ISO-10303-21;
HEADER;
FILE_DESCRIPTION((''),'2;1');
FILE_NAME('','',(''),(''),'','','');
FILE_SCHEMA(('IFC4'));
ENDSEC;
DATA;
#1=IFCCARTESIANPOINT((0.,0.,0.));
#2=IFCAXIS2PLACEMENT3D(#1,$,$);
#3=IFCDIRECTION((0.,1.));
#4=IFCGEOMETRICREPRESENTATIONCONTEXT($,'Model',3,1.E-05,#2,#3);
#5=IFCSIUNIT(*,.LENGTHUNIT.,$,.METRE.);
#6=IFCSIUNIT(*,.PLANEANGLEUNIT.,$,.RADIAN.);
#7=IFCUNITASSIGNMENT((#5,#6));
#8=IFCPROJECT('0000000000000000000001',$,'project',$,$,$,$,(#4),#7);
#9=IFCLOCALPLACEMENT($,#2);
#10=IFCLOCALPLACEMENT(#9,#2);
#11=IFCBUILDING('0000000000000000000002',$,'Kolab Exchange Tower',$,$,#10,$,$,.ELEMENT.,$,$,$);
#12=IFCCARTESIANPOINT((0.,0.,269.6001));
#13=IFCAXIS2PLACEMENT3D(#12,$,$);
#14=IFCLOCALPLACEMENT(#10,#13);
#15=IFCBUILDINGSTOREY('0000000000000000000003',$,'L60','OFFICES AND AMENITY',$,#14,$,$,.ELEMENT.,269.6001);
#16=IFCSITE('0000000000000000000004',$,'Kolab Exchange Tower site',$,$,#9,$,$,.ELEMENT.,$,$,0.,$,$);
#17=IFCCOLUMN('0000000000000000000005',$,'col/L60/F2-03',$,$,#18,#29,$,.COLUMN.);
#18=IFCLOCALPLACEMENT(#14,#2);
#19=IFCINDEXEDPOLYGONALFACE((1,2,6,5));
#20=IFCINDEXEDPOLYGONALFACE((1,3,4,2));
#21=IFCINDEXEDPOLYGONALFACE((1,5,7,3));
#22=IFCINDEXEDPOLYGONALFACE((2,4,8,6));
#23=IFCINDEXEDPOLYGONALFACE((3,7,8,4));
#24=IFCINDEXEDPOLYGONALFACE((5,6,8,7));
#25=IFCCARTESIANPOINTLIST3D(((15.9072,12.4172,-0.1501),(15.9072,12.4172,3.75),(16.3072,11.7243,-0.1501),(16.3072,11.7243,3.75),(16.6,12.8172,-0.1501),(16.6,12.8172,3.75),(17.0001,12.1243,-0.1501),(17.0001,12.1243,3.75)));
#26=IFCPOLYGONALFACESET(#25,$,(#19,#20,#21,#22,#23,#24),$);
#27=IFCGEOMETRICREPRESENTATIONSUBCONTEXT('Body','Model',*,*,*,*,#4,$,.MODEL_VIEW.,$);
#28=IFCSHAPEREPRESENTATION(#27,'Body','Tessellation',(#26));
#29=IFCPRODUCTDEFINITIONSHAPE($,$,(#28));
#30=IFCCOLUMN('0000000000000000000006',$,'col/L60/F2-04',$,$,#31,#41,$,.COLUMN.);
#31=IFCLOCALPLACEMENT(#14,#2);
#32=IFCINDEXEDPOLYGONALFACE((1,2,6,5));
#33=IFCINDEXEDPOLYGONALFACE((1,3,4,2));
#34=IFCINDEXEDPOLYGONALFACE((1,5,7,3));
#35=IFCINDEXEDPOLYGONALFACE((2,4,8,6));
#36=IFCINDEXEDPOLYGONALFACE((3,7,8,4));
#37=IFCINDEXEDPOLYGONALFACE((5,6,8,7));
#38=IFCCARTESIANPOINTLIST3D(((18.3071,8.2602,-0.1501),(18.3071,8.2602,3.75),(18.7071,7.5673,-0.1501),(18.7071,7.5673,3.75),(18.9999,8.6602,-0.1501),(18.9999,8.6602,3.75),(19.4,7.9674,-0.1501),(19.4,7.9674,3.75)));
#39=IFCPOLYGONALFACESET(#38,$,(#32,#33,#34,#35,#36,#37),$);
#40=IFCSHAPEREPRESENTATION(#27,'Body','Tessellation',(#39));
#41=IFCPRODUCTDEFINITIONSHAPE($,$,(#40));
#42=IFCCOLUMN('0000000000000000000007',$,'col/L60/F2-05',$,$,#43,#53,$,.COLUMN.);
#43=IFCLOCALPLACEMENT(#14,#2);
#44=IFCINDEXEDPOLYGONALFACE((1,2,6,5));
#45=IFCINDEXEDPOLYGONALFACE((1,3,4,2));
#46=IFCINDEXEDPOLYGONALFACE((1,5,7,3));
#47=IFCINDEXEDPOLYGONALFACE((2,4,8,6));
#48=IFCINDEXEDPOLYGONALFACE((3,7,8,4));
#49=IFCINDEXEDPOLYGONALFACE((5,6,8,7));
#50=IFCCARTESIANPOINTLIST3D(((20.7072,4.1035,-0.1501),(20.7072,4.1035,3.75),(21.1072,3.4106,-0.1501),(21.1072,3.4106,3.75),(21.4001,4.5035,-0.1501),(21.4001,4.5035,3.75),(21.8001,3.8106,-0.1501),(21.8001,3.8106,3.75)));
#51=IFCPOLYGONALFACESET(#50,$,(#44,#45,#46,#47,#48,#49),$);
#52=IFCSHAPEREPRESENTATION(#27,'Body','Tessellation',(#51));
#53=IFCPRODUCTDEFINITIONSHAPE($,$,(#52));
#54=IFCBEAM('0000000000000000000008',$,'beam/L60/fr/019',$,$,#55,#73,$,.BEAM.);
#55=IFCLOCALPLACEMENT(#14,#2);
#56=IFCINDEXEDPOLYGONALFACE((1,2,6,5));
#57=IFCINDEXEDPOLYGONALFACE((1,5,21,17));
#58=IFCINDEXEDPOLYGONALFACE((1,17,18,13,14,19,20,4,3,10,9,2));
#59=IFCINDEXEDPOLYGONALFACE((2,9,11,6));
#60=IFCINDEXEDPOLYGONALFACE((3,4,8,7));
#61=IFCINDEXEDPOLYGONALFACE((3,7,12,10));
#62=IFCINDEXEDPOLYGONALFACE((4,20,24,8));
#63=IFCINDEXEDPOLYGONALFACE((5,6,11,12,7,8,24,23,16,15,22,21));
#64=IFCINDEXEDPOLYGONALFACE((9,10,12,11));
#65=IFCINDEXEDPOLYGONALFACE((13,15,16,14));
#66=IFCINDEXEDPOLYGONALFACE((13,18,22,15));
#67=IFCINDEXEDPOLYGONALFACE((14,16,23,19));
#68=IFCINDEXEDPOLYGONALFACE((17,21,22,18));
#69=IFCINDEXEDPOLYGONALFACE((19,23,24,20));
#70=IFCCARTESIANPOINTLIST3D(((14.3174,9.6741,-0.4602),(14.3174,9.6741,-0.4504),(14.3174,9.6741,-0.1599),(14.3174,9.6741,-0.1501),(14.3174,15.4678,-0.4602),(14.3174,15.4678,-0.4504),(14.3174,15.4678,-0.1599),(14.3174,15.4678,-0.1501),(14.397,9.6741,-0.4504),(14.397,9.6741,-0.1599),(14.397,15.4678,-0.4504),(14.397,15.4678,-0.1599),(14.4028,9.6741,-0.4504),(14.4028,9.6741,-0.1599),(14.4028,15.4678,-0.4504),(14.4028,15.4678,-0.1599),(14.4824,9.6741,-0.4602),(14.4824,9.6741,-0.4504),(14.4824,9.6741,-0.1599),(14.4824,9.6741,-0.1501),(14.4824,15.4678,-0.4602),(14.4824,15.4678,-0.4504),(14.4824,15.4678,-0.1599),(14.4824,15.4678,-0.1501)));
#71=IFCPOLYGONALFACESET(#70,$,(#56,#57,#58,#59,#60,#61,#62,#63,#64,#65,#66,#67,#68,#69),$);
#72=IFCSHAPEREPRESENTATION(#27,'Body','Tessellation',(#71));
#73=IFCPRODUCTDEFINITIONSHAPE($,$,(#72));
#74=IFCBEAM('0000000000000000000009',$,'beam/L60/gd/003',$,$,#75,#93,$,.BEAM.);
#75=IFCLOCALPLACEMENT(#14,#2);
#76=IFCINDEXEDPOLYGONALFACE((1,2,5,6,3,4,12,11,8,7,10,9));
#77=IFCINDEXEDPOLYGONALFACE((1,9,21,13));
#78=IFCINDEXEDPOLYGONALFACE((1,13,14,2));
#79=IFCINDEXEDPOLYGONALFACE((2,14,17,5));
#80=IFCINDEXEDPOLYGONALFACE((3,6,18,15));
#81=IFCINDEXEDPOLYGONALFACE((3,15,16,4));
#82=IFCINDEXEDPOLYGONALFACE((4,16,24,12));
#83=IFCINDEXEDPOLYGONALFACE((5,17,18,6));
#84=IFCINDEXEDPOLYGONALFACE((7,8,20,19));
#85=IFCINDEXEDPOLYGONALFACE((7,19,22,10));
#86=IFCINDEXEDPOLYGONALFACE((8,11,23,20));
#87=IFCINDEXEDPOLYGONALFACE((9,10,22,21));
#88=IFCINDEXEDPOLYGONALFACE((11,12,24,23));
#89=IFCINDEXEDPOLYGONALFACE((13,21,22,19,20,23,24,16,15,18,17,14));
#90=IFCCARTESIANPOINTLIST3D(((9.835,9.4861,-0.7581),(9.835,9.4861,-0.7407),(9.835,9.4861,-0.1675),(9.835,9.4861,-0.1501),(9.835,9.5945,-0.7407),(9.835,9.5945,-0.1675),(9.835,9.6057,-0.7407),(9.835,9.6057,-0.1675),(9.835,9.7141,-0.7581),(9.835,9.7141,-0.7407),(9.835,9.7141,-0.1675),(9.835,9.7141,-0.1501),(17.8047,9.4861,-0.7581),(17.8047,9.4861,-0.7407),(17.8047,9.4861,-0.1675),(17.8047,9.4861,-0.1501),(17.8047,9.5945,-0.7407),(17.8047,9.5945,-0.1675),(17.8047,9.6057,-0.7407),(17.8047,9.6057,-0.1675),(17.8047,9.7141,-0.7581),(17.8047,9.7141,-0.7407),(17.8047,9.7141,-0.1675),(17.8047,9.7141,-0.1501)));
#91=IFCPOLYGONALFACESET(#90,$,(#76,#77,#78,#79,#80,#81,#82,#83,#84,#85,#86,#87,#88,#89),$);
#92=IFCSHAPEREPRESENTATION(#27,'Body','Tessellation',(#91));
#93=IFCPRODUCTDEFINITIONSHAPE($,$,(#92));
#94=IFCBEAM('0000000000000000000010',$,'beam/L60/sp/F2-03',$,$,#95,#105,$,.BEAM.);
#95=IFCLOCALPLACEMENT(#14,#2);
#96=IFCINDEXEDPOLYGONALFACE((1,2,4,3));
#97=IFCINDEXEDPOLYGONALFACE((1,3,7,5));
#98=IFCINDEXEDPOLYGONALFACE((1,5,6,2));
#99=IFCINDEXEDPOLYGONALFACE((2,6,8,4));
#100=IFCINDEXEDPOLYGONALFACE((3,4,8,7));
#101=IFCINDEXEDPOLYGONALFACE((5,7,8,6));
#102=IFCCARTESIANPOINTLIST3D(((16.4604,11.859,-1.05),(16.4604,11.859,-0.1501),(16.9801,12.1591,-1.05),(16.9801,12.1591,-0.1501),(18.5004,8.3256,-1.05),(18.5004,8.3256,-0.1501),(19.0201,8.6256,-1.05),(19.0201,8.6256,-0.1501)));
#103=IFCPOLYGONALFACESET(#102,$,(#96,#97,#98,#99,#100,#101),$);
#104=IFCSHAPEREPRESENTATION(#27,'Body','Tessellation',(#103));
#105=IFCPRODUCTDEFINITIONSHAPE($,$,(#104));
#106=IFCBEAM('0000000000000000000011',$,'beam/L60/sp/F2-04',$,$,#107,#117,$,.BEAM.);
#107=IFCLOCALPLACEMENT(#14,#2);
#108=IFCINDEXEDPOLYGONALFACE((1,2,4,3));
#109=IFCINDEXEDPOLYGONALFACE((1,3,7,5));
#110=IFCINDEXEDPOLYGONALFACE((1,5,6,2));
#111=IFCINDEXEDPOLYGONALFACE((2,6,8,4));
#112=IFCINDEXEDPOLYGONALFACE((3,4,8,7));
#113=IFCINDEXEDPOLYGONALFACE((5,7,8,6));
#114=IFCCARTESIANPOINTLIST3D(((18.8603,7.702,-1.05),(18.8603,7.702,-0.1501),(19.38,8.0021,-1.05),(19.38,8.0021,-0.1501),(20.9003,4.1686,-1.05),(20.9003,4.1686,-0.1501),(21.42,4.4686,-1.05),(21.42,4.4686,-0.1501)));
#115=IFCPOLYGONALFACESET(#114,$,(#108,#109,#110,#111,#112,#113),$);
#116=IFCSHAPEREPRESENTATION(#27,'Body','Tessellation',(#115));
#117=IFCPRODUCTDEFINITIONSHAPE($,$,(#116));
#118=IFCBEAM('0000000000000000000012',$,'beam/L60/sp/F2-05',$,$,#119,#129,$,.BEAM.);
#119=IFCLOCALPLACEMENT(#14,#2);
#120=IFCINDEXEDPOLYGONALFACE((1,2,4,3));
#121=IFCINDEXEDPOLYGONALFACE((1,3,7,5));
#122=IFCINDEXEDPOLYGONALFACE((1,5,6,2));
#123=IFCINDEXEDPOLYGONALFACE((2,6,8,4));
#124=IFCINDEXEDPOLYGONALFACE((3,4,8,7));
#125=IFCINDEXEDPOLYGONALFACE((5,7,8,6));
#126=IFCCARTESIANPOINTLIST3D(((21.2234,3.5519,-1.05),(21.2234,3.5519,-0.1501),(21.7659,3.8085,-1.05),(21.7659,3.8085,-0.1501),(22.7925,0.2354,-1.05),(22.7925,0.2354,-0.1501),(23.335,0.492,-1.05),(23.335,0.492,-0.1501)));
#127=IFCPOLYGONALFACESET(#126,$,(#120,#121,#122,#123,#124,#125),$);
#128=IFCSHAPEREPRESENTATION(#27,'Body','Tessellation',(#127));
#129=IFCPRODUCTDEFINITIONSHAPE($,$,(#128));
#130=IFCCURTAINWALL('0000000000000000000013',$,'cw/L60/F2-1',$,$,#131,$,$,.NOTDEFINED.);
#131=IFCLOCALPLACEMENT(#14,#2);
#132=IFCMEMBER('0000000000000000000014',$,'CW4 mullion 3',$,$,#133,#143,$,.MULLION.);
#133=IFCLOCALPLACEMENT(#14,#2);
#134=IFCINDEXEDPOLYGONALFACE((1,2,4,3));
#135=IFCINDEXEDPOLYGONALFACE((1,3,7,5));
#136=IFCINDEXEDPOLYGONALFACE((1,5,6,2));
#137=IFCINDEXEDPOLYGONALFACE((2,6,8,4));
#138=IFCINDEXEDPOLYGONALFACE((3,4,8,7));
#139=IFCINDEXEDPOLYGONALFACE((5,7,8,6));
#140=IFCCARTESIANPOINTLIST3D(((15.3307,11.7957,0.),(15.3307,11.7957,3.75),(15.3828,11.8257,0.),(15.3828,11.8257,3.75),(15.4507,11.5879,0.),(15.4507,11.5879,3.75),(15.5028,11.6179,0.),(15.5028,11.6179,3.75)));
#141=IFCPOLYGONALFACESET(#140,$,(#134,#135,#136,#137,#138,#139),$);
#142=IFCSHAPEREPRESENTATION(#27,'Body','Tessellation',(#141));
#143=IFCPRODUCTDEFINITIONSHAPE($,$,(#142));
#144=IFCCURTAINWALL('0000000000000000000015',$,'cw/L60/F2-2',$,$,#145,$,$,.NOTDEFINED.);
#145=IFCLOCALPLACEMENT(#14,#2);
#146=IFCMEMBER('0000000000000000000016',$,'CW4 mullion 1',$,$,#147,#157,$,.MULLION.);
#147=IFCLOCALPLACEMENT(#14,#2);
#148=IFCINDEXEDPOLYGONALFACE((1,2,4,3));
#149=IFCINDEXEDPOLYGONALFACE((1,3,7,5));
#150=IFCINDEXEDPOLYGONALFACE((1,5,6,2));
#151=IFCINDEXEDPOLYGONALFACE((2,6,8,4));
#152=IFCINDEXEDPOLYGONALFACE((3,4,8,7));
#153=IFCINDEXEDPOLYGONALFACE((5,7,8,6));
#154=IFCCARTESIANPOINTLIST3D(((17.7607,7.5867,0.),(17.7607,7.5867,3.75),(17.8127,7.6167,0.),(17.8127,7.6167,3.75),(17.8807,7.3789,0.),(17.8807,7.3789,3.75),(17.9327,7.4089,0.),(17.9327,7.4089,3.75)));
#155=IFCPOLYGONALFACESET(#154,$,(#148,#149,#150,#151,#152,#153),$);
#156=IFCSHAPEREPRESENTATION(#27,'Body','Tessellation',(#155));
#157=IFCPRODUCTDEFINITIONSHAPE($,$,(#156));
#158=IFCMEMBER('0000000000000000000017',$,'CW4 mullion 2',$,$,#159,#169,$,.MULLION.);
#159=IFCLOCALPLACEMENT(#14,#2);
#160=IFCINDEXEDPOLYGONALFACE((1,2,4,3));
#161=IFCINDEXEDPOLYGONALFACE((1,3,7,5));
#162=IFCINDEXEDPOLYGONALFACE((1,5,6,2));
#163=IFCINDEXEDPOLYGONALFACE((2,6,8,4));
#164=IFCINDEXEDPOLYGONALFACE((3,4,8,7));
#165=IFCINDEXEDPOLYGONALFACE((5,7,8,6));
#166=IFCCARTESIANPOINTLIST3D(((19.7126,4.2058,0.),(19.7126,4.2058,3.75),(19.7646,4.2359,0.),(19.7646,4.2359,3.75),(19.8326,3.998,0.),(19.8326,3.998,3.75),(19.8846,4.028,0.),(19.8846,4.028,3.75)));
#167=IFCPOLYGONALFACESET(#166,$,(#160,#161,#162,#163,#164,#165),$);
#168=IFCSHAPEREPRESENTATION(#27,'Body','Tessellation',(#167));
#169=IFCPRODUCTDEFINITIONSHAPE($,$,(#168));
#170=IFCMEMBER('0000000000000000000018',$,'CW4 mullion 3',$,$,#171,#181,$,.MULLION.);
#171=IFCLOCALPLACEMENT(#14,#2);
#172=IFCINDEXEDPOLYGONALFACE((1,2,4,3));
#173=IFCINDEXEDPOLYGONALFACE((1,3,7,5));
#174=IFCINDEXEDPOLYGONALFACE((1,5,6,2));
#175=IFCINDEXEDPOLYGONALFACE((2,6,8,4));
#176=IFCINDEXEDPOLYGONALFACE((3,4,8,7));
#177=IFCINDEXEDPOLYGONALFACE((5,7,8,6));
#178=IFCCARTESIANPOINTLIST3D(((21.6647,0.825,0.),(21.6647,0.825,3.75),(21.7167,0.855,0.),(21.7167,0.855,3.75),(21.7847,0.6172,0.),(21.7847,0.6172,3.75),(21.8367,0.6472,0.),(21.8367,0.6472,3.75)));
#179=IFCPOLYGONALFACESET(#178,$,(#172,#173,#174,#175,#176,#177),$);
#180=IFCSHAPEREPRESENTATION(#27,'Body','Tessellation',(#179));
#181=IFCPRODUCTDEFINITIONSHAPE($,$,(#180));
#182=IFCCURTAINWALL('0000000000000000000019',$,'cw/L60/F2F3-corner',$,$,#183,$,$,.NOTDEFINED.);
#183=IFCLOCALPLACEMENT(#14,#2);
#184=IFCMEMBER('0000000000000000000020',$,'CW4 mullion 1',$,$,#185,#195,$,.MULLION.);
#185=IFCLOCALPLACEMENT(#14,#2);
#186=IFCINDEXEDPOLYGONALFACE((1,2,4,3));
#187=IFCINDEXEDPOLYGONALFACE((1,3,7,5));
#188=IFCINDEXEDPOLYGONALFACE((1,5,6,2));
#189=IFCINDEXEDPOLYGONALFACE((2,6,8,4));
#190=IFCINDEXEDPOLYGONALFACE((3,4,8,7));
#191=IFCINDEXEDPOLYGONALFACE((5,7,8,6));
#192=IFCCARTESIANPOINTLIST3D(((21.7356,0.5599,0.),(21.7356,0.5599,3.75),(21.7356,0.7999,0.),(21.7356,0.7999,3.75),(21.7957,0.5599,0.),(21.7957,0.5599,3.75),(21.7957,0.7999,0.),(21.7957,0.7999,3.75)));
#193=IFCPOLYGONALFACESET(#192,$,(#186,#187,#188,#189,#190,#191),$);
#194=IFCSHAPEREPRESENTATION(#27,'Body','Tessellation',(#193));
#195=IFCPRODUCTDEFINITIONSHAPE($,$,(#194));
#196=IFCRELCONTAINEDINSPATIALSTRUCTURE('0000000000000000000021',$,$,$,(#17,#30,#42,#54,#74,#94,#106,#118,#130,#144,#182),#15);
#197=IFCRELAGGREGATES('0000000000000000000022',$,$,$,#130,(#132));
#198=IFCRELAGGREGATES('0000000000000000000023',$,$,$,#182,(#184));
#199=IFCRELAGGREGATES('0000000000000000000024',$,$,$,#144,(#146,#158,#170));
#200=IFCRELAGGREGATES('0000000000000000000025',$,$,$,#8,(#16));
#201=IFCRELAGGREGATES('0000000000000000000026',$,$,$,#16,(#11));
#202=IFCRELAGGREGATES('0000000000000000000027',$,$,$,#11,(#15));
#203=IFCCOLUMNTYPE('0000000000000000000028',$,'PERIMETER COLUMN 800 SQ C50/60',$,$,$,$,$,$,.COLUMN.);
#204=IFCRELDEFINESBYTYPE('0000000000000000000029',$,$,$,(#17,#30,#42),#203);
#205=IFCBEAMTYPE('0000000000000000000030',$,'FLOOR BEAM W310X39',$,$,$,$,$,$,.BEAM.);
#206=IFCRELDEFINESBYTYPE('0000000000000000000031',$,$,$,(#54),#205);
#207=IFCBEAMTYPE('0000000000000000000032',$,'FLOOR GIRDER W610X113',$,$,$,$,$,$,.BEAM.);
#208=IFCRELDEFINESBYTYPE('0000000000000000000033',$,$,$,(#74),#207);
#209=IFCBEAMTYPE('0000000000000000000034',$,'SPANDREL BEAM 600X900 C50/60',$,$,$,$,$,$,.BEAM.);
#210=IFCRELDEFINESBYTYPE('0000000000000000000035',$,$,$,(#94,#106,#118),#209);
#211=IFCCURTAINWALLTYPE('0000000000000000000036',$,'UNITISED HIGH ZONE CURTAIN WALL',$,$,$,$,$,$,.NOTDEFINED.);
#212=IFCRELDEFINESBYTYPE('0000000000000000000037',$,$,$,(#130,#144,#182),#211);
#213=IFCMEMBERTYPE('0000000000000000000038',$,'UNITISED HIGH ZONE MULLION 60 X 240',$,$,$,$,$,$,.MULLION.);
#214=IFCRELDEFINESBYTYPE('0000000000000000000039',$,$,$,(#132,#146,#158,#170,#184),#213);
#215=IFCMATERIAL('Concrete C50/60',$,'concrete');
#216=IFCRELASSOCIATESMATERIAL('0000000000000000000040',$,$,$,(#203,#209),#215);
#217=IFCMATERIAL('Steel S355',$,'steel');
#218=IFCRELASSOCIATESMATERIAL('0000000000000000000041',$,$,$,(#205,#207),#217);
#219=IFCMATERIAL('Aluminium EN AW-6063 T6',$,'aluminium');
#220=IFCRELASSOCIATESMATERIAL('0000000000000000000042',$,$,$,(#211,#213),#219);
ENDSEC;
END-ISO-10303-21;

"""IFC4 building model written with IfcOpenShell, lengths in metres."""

from ifc_helpers import new_model, si_unit, direction, frame, origin, origin_2d, place, context, subcontext, project, spatial, rectangle, i_section, extrude, material, material_profile, profile_set, type_object, element, aggregate, save


model = new_model("IFC4")

# Units and contexts
model_context = context("Model", 3, precision=1e-05, world=origin(), true_north=direction((0.0, 1.0)))
body_context = subcontext(model_context, "Body", "Model", "MODEL_VIEW")
ifc_project = project(units=[si_unit("LENGTHUNIT", "METRE"), si_unit("PLANEANGLEUNIT", "RADIAN")], contexts=[model_context])

# Site, building, storey
site_placement = place(None, origin())
site = spatial("IfcSite", under=ifc_project, at=site_placement, Name="Kolab Exchange Tower site", CompositionType="ELEMENT", RefElevation=0.0)
building_placement = place(site_placement, origin())
building = spatial("IfcBuilding", under=site, at=building_placement, Name="Kolab Exchange Tower", CompositionType="ELEMENT")
storey_placement = place(building_placement, frame((0.0, 0.0, 269.6001)))
storey = spatial("IfcBuildingStorey", under=building, at=storey_placement, Name="L60", Description="OFFICES AND AMENITY", CompositionType="ELEMENT", Elevation=269.6001)

# Columns
ifc_material_1 = material(Name="Concrete C50/60", Category="concrete")
ifc_material_profile_1 = material_profile(ifc_material_1, rectangle(XDim=0.8, YDim=0.8, at=origin_2d()), Name="RC800")
ifc_profile_set_1 = profile_set([ifc_material_profile_1], Name="Concrete C50/60")
column_type = type_object("IfcColumnType", Name="PERIMETER COLUMN 800 SQ C50/60", PredefinedType="COLUMN", material=ifc_profile_set_1)
for number, where, z_axis, x_axis, name in (
    (1, (16.4536, 12.2708, -0.1501), (0.0, 0.0, 1.0), (0.866025, 0.5, 0.0), "col/L60/F2-03"),
    (2, (18.8535, 8.1138, -0.1501), (0.0, 0.0, 1.0), (0.866025, 0.5, 0.0), "col/L60/F2-04"),
    (3, (21.2537, 3.957, -0.1501), (0.0, 0.0, 1.0), (0.866025, 0.5, 0.0), "col/L60/F2-05"),
):
    element("IfcColumn", number, at=place(storey_placement, frame(where, z_axis=z_axis, x_axis=x_axis)), inside=storey, type_object=column_type, Name=name, PredefinedType="COLUMN", context=body_context, shape_type="SweptSolid", body=[
        extrude(rectangle(XDim=0.8, YDim=0.8, at=origin_2d()), origin(), (0.0, 0.0, 1.0), 3.9001),
    ])

# Beams
ifc_material_2 = material(Name="Steel S355", Category="steel")
ifc_material_profile_2 = material_profile(ifc_material_2, i_section(OverallWidth=0.165, OverallDepth=0.3101, WebThickness=0.0059, FlangeThickness=0.0098, at=origin_2d()), Name="W310X39")
ifc_profile_set_2 = profile_set([ifc_material_profile_2], Name="Steel S355")
beam_type_1 = type_object("IfcBeamType", Name="FLOOR BEAM W310X39", PredefinedType="BEAM", material=ifc_profile_set_2)
beam_1_placement = place(storey_placement, frame((14.3999, 9.6741, -0.3052), z_axis=(0.0, 1.0, 0.0), x_axis=(-1.0, 0.0, 0.0)))
element("IfcBeam", 4, at=beam_1_placement, inside=storey, type_object=beam_type_1, Name="beam/L60/fr/019", PredefinedType="BEAM", context=body_context, shape_type="SweptSolid", body=[
    extrude(i_section(OverallWidth=0.165, OverallDepth=0.3101, WebThickness=0.0059, FlangeThickness=0.0098, at=origin_2d()), origin(), (0.0, 0.0, 1.0), 5.7937),
])
ifc_material_profile_3 = material_profile(ifc_material_2, i_section(OverallWidth=0.228, OverallDepth=0.6079, WebThickness=0.0112, FlangeThickness=0.0173, at=origin_2d()), Name="W610X113")
ifc_profile_set_3 = profile_set([ifc_material_profile_3], Name="Steel S355")
beam_type_2 = type_object("IfcBeamType", Name="FLOOR GIRDER W610X113", PredefinedType="BEAM", material=ifc_profile_set_3)
beam_2_placement = place(storey_placement, frame((9.835, 9.6001, -0.4541), z_axis=(1.0, 0.0, 0.0), x_axis=(0.0, 1.0, 0.0)))
element("IfcBeam", 5, at=beam_2_placement, inside=storey, type_object=beam_type_2, Name="beam/L60/gd/003", PredefinedType="BEAM", context=body_context, shape_type="SweptSolid", body=[
    extrude(i_section(OverallWidth=0.228, OverallDepth=0.6079, WebThickness=0.0112, FlangeThickness=0.0173, at=origin_2d()), origin(), (0.0, 0.0, 1.0), 7.9697),
])
ifc_material_profile_4 = material_profile(ifc_material_1, rectangle(XDim=0.6001, YDim=0.8999, at=origin_2d()), Name="RC600X900")
ifc_profile_set_4 = profile_set([ifc_material_profile_4], Name="Concrete C50/60")
beam_type_3 = type_object("IfcBeamType", Name="SPANDREL BEAM 600X900 C50/60", PredefinedType="BEAM", material=ifc_profile_set_4)
for number, where, z_axis, x_axis, name in (
    (6, (16.7202, 12.009, -0.6001), (0.5, -0.866025, 0.0), (0.866025, 0.5, 0.0), "beam/L60/sp/F2-03"),
    (7, (19.1201, 7.8521, -0.6001), (0.5, -0.866025, 0.0), (0.866025, 0.5, 0.0), "beam/L60/sp/F2-04"),
):
    element("IfcBeam", number, at=place(storey_placement, frame(where, z_axis=z_axis, x_axis=x_axis)), inside=storey, type_object=beam_type_3, Name=name, PredefinedType="BEAM", context=body_context, shape_type="SweptSolid", body=[
        extrude(rectangle(XDim=0.6001, YDim=0.8999, at=origin_2d()), origin(), (0.0, 0.0, 1.0), 4.0801),
    ])
beam_3_placement = place(storey_placement, frame((21.4946, 3.6802, -0.6001), z_axis=(0.427677, -0.903932, 0.0), x_axis=(0.903932, 0.427677, 0.0)))
element("IfcBeam", 8, at=beam_3_placement, inside=storey, type_object=beam_type_3, Name="beam/L60/sp/F2-05", PredefinedType="BEAM", context=body_context, shape_type="SweptSolid", body=[
    extrude(rectangle(XDim=0.6001, YDim=0.8999, at=origin_2d()), origin(), (0.0, 0.0, 1.0), 3.6689),
])

# Curtain wall, member
ifc_material_3 = material(Name="Aluminium EN AW-6063 T6", Category="aluminium")
curtain_wall_type = type_object("IfcCurtainWallType", Name="UNITISED HIGH ZONE CURTAIN WALL", PredefinedType="NOTDEFINED", material=ifc_material_3)
curtain_wall_1_placement = place(storey_placement, origin())
curtain_wall_1 = element("IfcCurtainWall", 9, at=curtain_wall_1_placement, inside=storey, type_object=curtain_wall_type, Name="cw/L60/F2-1", PredefinedType="NOTDEFINED")
ifc_material_profile_5 = material_profile(ifc_material_3, rectangle(XDim=0.0601, YDim=0.24, at=origin_2d()), Name="RECT 60X240")
ifc_profile_set_5 = profile_set([ifc_material_profile_5], Name="Aluminium EN AW-6063 T6")
member_type_1 = type_object("IfcMemberType", Name="UNITISED HIGH ZONE MULLION 60 X 240", PredefinedType="MULLION", material=ifc_profile_set_5)
member_1_placement = place(storey_placement, frame((15.4167, 11.7068, 0.0), z_axis=(0.0, 0.0, 1.0), x_axis=(0.866025, 0.5, 0.0)))
member_1 = element("IfcMember", 10, at=member_1_placement, type_object=member_type_1, Name="CW4 mullion 3", PredefinedType="MULLION", context=body_context, shape_type="SweptSolid", body=[
    extrude(rectangle(XDim=0.0601, YDim=0.24, at=origin_2d()), origin(), (0.0, 0.0, 1.0), 3.75),
])
aggregate(curtain_wall_1, [member_1])

# Curtain wall, members
curtain_wall_2_placement = place(storey_placement, origin())
curtain_wall_2 = element("IfcCurtainWall", 11, at=curtain_wall_2_placement, inside=storey, type_object=curtain_wall_type, Name="cw/L60/F2-2", PredefinedType="NOTDEFINED")
member_2_placement = place(storey_placement, frame((17.8467, 7.4978, 0.0), z_axis=(0.0, 0.0, 1.0), x_axis=(0.866025, 0.5, 0.0)))
member_2 = element("IfcMember", 12, at=member_2_placement, type_object=member_type_1, Name="CW4 mullion 1", PredefinedType="MULLION", context=body_context, shape_type="SweptSolid", body=[
    extrude(rectangle(XDim=0.0601, YDim=0.24, at=origin_2d()), origin(), (0.0, 0.0, 1.0), 3.75),
])
member_3_placement = place(storey_placement, frame((19.7986, 4.1169, 0.0), z_axis=(0.0, 0.0, 1.0), x_axis=(0.866025, 0.5, 0.0)))
member_3 = element("IfcMember", 13, at=member_3_placement, type_object=member_type_1, Name="CW4 mullion 2", PredefinedType="MULLION", context=body_context, shape_type="SweptSolid", body=[
    extrude(rectangle(XDim=0.0601, YDim=0.24, at=origin_2d()), origin(), (0.0, 0.0, 1.0), 3.75),
])
member_4_placement = place(storey_placement, frame((21.7507, 0.7361, 0.0), z_axis=(0.0, 0.0, 1.0), x_axis=(0.866025, 0.5, 0.0)))
member_4 = element("IfcMember", 14, at=member_4_placement, type_object=member_type_1, Name="CW4 mullion 3", PredefinedType="MULLION", context=body_context, shape_type="SweptSolid", body=[
    extrude(rectangle(XDim=0.0601, YDim=0.24, at=origin_2d()), origin(), (0.0, 0.0, 1.0), 3.75),
])

# Curtain wall, member
curtain_wall_3_placement = place(storey_placement, origin())
curtain_wall_3 = element("IfcCurtainWall", 15, at=curtain_wall_3_placement, inside=storey, type_object=curtain_wall_type, Name="cw/L60/F2F3-corner", PredefinedType="NOTDEFINED")
member_5_placement = place(storey_placement, frame((21.7656, 0.6799, 0.0), z_axis=(0.0, 0.0, 1.0), x_axis=(1.0, 0.0, 0.0)))
member_5 = element("IfcMember", 16, at=member_5_placement, type_object=member_type_1, Name="CW4 mullion 1", PredefinedType="MULLION", context=body_context, shape_type="SweptSolid", body=[
    extrude(rectangle(XDim=0.0601, YDim=0.24, at=origin_2d()), origin(), (0.0, 0.0, 1.0), 3.75),
])

aggregate(curtain_wall_3, [member_5])

aggregate(curtain_wall_2, [member_2, member_3, member_4])

save(model, "model.ifc")
